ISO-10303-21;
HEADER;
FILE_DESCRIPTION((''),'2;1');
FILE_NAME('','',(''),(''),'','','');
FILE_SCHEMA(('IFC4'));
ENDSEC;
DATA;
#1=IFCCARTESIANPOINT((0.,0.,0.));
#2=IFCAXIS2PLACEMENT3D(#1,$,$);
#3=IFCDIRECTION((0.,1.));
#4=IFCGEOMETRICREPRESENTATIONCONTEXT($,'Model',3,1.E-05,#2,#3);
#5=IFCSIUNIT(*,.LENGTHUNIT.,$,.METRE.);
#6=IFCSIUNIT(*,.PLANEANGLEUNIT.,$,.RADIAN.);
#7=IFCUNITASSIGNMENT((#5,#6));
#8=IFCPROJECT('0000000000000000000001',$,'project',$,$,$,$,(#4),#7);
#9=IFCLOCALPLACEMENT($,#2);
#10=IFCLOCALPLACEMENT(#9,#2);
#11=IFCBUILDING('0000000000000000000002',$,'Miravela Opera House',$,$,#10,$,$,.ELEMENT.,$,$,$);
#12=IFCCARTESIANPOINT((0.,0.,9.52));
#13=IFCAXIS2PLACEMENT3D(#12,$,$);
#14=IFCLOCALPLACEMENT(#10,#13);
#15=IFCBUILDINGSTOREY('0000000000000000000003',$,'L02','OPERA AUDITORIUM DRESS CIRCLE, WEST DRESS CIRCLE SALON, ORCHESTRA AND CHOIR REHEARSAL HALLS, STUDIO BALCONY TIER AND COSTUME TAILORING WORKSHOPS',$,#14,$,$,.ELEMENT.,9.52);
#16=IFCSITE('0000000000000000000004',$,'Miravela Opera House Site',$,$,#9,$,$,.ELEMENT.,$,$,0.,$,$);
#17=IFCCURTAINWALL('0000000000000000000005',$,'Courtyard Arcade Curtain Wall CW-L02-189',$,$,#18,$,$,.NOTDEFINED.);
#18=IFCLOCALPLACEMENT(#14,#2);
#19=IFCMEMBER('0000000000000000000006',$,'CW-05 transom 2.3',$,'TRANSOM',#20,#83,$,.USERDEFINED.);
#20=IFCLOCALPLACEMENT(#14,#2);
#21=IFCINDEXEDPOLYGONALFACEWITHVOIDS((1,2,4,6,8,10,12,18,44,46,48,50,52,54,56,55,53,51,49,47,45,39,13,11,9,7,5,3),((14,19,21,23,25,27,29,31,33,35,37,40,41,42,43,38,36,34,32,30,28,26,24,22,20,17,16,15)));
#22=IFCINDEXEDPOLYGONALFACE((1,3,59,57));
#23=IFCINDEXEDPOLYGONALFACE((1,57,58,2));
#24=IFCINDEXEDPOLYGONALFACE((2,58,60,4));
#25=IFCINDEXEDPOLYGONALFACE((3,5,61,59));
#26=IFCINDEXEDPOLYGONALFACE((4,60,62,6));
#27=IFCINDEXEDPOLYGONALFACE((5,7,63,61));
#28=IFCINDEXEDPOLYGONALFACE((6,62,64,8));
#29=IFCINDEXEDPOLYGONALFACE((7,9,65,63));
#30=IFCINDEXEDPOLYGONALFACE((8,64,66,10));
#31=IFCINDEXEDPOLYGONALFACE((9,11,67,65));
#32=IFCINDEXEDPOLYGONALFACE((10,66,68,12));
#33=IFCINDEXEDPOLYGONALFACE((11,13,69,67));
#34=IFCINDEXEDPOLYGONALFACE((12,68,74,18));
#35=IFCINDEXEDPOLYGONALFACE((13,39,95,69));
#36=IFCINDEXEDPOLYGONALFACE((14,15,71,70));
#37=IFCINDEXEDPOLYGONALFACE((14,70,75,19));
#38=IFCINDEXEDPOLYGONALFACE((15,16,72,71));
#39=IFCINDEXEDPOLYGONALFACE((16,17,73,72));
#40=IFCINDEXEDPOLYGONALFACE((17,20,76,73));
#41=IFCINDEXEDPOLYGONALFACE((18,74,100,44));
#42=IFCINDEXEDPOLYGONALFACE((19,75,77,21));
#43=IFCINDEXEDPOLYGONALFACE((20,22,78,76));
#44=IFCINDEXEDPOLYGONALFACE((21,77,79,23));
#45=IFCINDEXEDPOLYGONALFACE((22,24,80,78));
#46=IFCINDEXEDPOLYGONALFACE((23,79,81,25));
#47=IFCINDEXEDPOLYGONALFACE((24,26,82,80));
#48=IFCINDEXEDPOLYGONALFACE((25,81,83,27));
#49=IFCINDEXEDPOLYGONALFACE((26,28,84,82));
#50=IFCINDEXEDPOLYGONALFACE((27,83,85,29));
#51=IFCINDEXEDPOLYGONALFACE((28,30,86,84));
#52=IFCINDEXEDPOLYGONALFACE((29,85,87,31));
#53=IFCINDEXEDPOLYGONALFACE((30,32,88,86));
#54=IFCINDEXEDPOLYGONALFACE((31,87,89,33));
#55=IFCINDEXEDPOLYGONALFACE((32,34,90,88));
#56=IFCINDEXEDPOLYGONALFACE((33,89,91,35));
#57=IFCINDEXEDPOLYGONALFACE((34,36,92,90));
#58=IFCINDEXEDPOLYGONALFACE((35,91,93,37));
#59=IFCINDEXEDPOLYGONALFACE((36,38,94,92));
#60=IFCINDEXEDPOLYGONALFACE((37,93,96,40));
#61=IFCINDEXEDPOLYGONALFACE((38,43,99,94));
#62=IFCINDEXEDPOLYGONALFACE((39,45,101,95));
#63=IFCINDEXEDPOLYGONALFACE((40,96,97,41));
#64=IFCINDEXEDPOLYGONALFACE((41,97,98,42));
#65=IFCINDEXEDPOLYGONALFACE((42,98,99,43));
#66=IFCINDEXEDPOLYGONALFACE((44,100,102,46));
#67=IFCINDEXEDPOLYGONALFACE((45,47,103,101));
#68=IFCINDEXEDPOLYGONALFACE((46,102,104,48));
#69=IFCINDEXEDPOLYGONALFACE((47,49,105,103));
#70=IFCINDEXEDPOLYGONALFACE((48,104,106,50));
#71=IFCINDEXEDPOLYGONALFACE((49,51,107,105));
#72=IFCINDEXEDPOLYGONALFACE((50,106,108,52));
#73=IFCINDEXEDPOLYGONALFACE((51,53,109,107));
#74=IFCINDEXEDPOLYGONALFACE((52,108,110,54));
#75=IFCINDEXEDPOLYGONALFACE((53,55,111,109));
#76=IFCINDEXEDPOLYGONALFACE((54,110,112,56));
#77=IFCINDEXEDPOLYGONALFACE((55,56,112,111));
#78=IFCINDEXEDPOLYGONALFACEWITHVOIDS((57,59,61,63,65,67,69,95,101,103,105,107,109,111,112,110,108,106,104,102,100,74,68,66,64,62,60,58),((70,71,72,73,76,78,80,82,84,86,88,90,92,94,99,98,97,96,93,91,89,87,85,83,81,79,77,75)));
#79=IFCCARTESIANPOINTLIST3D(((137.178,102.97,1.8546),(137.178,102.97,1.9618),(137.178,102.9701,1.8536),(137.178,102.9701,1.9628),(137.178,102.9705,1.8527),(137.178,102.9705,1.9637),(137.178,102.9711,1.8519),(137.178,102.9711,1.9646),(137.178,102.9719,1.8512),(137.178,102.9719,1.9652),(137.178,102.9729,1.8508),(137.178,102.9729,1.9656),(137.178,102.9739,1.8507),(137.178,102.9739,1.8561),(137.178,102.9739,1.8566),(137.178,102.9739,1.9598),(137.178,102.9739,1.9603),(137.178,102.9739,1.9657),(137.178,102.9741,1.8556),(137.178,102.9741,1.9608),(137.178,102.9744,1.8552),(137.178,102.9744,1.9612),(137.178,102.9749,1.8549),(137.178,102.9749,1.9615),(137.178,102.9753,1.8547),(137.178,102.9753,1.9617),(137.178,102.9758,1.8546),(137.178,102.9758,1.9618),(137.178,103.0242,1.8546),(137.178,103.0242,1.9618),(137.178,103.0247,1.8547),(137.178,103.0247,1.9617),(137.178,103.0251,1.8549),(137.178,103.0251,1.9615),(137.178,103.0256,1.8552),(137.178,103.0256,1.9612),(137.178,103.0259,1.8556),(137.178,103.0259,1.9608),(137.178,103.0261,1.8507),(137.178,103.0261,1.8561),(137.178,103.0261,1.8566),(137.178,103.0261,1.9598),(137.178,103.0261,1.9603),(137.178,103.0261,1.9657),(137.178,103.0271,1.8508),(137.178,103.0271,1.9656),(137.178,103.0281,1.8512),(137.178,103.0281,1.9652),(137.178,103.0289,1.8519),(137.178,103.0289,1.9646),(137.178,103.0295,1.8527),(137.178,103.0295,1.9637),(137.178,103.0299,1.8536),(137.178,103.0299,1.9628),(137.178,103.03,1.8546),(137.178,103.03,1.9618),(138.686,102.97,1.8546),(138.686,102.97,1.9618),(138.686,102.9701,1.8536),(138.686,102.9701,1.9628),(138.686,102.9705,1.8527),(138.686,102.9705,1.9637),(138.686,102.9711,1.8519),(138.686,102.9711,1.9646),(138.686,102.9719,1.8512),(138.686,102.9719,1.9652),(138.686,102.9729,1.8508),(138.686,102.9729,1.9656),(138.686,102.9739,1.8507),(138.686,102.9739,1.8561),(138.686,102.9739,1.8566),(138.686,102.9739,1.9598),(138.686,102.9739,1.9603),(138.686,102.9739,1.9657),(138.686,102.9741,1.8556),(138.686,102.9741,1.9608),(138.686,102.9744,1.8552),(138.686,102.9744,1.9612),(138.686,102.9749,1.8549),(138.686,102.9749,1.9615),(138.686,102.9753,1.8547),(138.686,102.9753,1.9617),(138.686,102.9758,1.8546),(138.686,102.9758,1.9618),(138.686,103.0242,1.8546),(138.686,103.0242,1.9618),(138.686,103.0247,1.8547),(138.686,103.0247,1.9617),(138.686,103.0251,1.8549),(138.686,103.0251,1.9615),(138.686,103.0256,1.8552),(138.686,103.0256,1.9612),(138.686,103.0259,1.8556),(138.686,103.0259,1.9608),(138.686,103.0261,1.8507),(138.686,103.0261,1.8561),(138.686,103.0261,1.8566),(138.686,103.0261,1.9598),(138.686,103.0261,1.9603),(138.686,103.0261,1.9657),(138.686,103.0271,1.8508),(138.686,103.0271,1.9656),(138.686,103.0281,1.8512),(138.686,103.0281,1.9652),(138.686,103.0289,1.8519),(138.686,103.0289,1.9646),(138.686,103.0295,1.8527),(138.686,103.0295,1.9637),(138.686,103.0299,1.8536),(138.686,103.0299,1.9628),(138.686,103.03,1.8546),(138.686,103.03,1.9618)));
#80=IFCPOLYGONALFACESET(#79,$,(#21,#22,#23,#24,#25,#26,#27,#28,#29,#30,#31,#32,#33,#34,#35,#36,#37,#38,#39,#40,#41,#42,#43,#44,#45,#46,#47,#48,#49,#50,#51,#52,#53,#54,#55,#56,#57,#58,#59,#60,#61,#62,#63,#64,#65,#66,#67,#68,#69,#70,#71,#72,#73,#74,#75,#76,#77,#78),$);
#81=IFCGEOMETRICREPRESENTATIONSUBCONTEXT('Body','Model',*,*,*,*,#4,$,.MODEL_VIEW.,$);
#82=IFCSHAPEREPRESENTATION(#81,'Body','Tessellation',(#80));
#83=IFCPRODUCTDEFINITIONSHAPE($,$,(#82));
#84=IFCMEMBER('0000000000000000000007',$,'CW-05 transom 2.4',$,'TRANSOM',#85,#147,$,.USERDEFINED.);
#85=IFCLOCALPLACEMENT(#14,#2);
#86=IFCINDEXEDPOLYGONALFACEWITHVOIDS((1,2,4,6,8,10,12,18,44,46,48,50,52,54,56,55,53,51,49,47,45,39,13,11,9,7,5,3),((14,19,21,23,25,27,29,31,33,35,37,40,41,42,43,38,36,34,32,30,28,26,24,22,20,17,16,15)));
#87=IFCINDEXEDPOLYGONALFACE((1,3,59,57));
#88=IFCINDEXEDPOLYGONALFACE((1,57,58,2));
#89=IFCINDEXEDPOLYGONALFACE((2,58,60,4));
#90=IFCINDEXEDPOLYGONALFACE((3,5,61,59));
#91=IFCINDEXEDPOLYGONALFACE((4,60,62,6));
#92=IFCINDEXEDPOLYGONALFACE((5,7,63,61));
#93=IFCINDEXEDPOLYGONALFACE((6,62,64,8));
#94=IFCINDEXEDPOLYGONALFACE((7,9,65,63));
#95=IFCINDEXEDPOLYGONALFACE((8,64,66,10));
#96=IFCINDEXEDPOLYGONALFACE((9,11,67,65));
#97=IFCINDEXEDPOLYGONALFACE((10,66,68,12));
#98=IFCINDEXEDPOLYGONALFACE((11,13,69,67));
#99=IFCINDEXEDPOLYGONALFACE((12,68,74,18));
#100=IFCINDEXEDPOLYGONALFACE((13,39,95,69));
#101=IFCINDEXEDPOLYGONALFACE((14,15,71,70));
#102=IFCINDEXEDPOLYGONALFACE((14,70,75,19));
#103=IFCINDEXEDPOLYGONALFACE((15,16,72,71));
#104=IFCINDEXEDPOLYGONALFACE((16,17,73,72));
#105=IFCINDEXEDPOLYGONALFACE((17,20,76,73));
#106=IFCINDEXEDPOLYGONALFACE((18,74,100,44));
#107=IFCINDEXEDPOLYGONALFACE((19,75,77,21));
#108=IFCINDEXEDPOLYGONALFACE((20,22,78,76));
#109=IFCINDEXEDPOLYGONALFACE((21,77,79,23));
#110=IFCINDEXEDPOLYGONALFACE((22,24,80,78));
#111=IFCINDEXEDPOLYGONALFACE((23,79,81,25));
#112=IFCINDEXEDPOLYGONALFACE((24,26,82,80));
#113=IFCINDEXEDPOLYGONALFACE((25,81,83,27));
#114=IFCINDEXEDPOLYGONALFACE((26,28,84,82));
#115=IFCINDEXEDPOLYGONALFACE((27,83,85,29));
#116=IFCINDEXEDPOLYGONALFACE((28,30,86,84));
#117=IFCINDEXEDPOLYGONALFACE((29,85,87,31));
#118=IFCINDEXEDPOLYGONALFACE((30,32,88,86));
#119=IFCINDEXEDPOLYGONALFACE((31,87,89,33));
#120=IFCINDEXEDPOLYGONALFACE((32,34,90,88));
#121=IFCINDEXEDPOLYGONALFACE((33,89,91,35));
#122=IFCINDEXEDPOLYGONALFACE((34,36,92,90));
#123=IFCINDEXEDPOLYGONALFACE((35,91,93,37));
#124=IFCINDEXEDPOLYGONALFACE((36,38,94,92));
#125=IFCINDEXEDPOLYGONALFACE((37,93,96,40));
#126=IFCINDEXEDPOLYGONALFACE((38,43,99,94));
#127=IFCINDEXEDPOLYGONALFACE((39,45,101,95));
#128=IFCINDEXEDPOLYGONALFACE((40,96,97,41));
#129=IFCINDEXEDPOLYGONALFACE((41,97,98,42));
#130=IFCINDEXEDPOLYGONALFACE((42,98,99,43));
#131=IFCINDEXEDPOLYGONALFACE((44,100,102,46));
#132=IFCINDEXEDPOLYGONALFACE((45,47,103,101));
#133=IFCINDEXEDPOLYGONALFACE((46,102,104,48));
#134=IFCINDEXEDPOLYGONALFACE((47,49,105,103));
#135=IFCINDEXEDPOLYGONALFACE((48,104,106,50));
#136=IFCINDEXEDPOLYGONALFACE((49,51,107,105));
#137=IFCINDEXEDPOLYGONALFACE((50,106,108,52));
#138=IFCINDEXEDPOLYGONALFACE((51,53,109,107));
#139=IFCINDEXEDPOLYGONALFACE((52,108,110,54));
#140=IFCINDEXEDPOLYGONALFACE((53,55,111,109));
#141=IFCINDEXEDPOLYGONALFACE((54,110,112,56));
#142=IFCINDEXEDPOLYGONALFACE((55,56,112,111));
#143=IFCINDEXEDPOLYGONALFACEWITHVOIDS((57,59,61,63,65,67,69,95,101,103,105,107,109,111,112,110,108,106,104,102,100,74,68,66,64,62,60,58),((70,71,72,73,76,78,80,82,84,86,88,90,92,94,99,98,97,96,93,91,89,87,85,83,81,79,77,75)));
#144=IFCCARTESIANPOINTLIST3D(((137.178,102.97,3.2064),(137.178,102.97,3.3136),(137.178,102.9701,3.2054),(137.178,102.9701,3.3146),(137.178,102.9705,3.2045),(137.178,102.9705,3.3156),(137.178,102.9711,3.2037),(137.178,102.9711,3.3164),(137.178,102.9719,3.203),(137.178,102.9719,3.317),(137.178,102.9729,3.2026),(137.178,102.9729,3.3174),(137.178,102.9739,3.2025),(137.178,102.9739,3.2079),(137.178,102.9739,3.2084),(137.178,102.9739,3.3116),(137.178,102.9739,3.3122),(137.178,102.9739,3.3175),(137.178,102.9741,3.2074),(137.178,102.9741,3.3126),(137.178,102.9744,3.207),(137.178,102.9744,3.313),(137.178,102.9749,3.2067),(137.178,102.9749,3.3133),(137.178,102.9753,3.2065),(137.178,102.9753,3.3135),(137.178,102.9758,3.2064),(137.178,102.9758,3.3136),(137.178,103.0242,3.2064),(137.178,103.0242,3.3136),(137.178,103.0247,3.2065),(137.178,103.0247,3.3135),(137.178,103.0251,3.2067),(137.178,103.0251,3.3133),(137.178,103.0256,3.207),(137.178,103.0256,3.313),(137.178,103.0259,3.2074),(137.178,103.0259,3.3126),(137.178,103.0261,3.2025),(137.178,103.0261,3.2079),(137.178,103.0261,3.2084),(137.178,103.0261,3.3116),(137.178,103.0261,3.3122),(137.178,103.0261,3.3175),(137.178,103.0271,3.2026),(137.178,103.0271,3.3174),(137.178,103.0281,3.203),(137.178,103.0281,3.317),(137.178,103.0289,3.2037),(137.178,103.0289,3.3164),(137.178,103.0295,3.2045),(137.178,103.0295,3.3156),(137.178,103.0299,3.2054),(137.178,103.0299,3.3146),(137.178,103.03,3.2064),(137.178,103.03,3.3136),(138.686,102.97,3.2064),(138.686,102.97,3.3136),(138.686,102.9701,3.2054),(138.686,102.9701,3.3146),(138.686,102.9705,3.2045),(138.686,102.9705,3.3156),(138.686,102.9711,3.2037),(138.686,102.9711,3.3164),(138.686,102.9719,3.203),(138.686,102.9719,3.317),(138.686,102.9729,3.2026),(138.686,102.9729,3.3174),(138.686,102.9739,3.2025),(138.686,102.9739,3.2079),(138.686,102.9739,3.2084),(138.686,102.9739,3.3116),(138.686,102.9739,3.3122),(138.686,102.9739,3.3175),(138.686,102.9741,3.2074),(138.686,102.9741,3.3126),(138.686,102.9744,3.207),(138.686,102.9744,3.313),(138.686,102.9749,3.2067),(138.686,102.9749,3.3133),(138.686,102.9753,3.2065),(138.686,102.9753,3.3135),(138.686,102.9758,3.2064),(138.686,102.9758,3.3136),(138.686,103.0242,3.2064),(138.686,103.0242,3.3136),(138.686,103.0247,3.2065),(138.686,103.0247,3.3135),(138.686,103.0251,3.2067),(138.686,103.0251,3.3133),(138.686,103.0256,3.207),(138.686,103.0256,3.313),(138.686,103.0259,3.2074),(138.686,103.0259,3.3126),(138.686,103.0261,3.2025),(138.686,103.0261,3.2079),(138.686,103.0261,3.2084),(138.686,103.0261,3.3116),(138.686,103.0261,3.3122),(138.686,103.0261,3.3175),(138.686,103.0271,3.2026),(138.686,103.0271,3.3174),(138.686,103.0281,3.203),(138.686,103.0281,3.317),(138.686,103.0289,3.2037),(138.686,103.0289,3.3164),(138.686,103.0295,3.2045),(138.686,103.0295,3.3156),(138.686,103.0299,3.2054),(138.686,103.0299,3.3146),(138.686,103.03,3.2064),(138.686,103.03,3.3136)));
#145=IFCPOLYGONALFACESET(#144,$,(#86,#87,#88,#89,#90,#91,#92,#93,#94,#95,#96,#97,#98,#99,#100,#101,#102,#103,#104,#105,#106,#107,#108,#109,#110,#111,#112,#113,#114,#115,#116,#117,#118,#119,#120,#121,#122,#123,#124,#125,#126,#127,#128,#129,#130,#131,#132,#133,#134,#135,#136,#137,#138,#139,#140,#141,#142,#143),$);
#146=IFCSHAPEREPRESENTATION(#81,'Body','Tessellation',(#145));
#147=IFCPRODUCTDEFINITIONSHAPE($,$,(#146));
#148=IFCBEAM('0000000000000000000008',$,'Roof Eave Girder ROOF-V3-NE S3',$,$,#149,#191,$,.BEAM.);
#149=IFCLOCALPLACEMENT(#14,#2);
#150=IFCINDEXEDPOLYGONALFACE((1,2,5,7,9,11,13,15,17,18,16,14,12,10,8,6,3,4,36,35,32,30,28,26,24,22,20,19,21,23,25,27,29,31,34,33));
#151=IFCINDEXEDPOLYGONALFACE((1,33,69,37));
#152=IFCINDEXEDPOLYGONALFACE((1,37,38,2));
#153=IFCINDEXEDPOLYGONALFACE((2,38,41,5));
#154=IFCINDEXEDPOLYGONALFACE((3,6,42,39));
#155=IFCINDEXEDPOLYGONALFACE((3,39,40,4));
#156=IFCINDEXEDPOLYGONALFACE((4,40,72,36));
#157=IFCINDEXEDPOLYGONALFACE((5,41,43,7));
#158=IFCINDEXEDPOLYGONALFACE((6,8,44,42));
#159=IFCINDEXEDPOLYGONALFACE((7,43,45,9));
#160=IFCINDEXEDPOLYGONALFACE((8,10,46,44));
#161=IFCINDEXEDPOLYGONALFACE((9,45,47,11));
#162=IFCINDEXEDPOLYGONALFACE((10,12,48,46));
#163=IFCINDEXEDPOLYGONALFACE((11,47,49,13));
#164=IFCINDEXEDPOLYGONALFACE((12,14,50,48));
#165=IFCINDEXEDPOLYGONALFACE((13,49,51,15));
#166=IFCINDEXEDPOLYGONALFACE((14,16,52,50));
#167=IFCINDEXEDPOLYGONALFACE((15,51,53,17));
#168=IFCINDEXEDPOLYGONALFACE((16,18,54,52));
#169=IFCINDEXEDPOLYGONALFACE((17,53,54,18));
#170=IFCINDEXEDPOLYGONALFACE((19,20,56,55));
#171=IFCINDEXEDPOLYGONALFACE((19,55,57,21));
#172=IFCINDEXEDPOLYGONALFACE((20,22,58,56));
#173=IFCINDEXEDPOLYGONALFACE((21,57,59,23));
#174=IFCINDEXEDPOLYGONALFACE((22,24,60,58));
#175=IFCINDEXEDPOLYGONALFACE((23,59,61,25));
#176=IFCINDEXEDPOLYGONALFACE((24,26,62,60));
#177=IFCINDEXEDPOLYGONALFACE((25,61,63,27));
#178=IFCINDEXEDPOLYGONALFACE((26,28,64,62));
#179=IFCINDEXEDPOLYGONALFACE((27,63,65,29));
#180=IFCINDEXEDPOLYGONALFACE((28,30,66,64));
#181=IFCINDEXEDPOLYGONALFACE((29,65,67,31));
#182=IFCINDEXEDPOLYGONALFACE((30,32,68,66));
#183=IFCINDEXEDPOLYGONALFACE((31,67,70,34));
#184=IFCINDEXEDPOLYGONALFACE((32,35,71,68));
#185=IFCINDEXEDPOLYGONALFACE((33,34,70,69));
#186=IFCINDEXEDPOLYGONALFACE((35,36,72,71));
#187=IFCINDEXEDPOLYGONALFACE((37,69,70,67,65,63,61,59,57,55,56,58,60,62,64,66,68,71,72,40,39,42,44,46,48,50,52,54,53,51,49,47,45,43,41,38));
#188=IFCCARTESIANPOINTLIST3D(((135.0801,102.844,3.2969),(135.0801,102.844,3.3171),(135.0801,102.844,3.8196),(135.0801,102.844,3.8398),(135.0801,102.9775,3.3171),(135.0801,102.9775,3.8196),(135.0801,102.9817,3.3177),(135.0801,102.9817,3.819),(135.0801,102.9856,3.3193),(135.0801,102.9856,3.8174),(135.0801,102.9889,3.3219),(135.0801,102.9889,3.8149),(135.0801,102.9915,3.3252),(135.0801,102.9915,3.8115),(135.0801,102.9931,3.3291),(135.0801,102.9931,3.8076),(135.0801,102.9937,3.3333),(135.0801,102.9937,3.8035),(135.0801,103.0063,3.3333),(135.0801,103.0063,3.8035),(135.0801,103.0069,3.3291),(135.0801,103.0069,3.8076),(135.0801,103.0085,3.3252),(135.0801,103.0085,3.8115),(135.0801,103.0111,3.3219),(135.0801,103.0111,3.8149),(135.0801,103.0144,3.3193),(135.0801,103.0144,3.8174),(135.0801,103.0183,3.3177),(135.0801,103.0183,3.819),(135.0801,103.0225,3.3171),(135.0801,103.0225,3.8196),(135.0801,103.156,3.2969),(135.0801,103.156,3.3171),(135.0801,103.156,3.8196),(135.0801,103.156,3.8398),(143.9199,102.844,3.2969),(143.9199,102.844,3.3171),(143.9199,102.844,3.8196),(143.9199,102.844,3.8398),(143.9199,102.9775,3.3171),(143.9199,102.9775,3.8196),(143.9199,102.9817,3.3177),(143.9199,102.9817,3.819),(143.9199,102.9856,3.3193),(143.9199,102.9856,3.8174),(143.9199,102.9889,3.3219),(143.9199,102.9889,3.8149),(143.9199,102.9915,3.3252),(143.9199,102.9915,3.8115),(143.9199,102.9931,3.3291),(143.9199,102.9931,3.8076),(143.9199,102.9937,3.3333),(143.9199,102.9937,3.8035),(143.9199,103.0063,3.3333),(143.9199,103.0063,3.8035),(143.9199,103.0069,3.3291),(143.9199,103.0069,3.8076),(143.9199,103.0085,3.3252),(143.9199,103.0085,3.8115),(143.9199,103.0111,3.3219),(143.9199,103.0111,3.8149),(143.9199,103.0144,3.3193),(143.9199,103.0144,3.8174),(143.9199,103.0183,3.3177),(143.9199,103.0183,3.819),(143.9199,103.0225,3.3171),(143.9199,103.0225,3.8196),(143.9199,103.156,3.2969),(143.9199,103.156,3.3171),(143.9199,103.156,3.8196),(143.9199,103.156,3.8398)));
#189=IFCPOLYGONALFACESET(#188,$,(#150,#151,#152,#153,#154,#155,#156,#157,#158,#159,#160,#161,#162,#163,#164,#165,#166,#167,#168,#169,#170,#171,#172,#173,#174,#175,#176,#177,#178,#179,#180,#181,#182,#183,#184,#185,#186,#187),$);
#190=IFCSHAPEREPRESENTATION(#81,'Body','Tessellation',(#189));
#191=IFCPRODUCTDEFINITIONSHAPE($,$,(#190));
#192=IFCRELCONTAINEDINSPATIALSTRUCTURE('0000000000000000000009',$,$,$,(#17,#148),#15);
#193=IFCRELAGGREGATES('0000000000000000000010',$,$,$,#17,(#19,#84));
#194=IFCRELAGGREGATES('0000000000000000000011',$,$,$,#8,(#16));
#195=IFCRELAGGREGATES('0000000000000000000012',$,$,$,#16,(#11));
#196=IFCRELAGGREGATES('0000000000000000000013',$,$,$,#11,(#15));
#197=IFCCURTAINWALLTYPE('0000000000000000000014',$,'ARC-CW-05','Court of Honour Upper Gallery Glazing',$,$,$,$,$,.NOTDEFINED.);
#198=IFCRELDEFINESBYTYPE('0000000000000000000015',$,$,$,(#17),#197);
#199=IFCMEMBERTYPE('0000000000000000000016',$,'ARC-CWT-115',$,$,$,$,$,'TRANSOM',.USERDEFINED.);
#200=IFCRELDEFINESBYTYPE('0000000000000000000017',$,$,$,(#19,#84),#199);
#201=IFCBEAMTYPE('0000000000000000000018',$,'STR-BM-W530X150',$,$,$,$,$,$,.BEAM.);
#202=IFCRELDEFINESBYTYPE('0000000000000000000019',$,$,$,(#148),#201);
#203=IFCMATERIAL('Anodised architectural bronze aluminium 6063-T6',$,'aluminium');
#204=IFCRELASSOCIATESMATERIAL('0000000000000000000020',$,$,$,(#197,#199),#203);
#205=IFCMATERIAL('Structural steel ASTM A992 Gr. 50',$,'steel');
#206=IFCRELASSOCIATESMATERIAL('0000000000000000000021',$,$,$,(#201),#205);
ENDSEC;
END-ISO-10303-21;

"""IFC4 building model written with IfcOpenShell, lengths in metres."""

from ifc_helpers import new_model, si_unit, direction, frame, origin, origin_2d, place, context, subcontext, project, spatial, hollow_rectangle, i_section, extrude, material, material_profile, profile_set, type_object, element, aggregate, save


model = new_model("IFC4")

# Units and contexts
model_context = context("Model", 3, precision=1e-05, world=origin(), true_north=direction((0.0, 1.0)))
body_context = subcontext(model_context, "Body", "Model", "MODEL_VIEW")
ifc_project = project(units=[si_unit("LENGTHUNIT", "METRE"), si_unit("PLANEANGLEUNIT", "RADIAN")], contexts=[model_context])

# Site, building, storey
site_placement = place(None, origin())
site = spatial("IfcSite", under=ifc_project, at=site_placement, Name="Miravela Opera House Site", CompositionType="ELEMENT", RefElevation=0.0)
building_placement = place(site_placement, origin())
building = spatial("IfcBuilding", under=site, at=building_placement, Name="Miravela Opera House", CompositionType="ELEMENT")
storey_placement = place(building_placement, frame((0.0, 0.0, 9.52)))
storey = spatial("IfcBuildingStorey", under=building, at=storey_placement, Name="L02", Description="OPERA AUDITORIUM DRESS CIRCLE, WEST DRESS CIRCLE SALON, ORCHESTRA AND CHOIR REHEARSAL HALLS, STUDIO BALCONY TIER AND COSTUME TAILORING WORKSHOPS", CompositionType="ELEMENT", Elevation=9.52)

# Shared definitions
ifc_material_1 = material(Name="Anodised architectural bronze aluminium 6063-T6", Category="aluminium")
curtain_wall_type = type_object("IfcCurtainWallType", Name="ARC-CW-05", Description="Court of Honour Upper Gallery Glazing", PredefinedType="NOTDEFINED", material=ifc_material_1)

# Curtain wall
curtain_wall_1_placement = place(storey_placement, origin())
curtain_wall_1 = element("IfcCurtainWall", 1, at=curtain_wall_1_placement, inside=storey, type_object=curtain_wall_type, Name="Courtyard Arcade Curtain Wall CW-L02-189", PredefinedType="NOTDEFINED")

# Members
ifc_material_profile_1 = material_profile(ifc_material_1, hollow_rectangle(XDim=0.0601, YDim=0.115, WallThickness=0.0039, InnerFilletRadius=0.002, OuterFilletRadius=0.0039, at=origin_2d()), Name="CWT-60X115")
ifc_profile_set_1 = profile_set([ifc_material_profile_1])
member_type_1 = type_object("IfcMemberType", Name="ARC-CWT-115", ElementType="TRANSOM", PredefinedType="USERDEFINED", material=ifc_profile_set_1)
member_1_placement = place(storey_placement, frame((137.178, 103.0, 1.9082), z_axis=(1.0, 0.0, 0.0), x_axis=(0.0, 1.0, 0.0)))
member_1 = element("IfcMember", 2, at=member_1_placement, type_object=member_type_1, Name="CW-05 transom 2.3", ObjectType="TRANSOM", PredefinedType="USERDEFINED", context=body_context, shape_type="SweptSolid", body=[
    extrude(hollow_rectangle(XDim=0.0601, YDim=0.115, WallThickness=0.0039, InnerFilletRadius=0.002, OuterFilletRadius=0.0039, at=origin_2d()), origin(), (0.0, 0.0, 1.0), 1.5081),
])
member_2_placement = place(storey_placement, frame((137.178, 103.0, 3.26), z_axis=(1.0, 0.0, 0.0), x_axis=(0.0, 1.0, 0.0)))
member_2 = element("IfcMember", 3, at=member_2_placement, type_object=member_type_1, Name="CW-05 transom 2.4", ObjectType="TRANSOM", PredefinedType="USERDEFINED", context=body_context, shape_type="SweptSolid", body=[
    extrude(hollow_rectangle(XDim=0.0601, YDim=0.115, WallThickness=0.0039, InnerFilletRadius=0.002, OuterFilletRadius=0.0039, at=origin_2d()), origin(), (0.0, 0.0, 1.0), 1.5081),
])

# Beam
ifc_material_2 = material(Name="Structural steel ASTM A992 Gr. 50", Category="steel")
ifc_material_profile_2 = material_profile(ifc_material_2, i_section(OverallWidth=0.312, OverallDepth=0.543, WebThickness=0.0127, FlangeThickness=0.0203, FilletRadius=0.0161, at=origin_2d()), Name="W530X150")
ifc_profile_set_2 = profile_set([ifc_material_profile_2])
beam_type = type_object("IfcBeamType", Name="STR-BM-W530X150", PredefinedType="BEAM", material=ifc_profile_set_2)
beam_placement = place(storey_placement, frame((135.0801, 103.0, 3.5684), z_axis=(1.0, 0.0, 0.0), x_axis=(0.0, 1.0, 0.0)))
element("IfcBeam", 4, at=beam_placement, inside=storey, type_object=beam_type, Name="Roof Eave Girder ROOF-V3-NE S3", PredefinedType="BEAM", context=body_context, shape_type="SweptSolid", body=[
    extrude(i_section(OverallWidth=0.312, OverallDepth=0.543, WebThickness=0.0127, FlangeThickness=0.0203, FilletRadius=0.0161, at=origin_2d()), origin(), (0.0, 0.0, 1.0), 8.8398),
])

aggregate(curtain_wall_1, [member_1, member_2])

save(model, "model.ifc")
